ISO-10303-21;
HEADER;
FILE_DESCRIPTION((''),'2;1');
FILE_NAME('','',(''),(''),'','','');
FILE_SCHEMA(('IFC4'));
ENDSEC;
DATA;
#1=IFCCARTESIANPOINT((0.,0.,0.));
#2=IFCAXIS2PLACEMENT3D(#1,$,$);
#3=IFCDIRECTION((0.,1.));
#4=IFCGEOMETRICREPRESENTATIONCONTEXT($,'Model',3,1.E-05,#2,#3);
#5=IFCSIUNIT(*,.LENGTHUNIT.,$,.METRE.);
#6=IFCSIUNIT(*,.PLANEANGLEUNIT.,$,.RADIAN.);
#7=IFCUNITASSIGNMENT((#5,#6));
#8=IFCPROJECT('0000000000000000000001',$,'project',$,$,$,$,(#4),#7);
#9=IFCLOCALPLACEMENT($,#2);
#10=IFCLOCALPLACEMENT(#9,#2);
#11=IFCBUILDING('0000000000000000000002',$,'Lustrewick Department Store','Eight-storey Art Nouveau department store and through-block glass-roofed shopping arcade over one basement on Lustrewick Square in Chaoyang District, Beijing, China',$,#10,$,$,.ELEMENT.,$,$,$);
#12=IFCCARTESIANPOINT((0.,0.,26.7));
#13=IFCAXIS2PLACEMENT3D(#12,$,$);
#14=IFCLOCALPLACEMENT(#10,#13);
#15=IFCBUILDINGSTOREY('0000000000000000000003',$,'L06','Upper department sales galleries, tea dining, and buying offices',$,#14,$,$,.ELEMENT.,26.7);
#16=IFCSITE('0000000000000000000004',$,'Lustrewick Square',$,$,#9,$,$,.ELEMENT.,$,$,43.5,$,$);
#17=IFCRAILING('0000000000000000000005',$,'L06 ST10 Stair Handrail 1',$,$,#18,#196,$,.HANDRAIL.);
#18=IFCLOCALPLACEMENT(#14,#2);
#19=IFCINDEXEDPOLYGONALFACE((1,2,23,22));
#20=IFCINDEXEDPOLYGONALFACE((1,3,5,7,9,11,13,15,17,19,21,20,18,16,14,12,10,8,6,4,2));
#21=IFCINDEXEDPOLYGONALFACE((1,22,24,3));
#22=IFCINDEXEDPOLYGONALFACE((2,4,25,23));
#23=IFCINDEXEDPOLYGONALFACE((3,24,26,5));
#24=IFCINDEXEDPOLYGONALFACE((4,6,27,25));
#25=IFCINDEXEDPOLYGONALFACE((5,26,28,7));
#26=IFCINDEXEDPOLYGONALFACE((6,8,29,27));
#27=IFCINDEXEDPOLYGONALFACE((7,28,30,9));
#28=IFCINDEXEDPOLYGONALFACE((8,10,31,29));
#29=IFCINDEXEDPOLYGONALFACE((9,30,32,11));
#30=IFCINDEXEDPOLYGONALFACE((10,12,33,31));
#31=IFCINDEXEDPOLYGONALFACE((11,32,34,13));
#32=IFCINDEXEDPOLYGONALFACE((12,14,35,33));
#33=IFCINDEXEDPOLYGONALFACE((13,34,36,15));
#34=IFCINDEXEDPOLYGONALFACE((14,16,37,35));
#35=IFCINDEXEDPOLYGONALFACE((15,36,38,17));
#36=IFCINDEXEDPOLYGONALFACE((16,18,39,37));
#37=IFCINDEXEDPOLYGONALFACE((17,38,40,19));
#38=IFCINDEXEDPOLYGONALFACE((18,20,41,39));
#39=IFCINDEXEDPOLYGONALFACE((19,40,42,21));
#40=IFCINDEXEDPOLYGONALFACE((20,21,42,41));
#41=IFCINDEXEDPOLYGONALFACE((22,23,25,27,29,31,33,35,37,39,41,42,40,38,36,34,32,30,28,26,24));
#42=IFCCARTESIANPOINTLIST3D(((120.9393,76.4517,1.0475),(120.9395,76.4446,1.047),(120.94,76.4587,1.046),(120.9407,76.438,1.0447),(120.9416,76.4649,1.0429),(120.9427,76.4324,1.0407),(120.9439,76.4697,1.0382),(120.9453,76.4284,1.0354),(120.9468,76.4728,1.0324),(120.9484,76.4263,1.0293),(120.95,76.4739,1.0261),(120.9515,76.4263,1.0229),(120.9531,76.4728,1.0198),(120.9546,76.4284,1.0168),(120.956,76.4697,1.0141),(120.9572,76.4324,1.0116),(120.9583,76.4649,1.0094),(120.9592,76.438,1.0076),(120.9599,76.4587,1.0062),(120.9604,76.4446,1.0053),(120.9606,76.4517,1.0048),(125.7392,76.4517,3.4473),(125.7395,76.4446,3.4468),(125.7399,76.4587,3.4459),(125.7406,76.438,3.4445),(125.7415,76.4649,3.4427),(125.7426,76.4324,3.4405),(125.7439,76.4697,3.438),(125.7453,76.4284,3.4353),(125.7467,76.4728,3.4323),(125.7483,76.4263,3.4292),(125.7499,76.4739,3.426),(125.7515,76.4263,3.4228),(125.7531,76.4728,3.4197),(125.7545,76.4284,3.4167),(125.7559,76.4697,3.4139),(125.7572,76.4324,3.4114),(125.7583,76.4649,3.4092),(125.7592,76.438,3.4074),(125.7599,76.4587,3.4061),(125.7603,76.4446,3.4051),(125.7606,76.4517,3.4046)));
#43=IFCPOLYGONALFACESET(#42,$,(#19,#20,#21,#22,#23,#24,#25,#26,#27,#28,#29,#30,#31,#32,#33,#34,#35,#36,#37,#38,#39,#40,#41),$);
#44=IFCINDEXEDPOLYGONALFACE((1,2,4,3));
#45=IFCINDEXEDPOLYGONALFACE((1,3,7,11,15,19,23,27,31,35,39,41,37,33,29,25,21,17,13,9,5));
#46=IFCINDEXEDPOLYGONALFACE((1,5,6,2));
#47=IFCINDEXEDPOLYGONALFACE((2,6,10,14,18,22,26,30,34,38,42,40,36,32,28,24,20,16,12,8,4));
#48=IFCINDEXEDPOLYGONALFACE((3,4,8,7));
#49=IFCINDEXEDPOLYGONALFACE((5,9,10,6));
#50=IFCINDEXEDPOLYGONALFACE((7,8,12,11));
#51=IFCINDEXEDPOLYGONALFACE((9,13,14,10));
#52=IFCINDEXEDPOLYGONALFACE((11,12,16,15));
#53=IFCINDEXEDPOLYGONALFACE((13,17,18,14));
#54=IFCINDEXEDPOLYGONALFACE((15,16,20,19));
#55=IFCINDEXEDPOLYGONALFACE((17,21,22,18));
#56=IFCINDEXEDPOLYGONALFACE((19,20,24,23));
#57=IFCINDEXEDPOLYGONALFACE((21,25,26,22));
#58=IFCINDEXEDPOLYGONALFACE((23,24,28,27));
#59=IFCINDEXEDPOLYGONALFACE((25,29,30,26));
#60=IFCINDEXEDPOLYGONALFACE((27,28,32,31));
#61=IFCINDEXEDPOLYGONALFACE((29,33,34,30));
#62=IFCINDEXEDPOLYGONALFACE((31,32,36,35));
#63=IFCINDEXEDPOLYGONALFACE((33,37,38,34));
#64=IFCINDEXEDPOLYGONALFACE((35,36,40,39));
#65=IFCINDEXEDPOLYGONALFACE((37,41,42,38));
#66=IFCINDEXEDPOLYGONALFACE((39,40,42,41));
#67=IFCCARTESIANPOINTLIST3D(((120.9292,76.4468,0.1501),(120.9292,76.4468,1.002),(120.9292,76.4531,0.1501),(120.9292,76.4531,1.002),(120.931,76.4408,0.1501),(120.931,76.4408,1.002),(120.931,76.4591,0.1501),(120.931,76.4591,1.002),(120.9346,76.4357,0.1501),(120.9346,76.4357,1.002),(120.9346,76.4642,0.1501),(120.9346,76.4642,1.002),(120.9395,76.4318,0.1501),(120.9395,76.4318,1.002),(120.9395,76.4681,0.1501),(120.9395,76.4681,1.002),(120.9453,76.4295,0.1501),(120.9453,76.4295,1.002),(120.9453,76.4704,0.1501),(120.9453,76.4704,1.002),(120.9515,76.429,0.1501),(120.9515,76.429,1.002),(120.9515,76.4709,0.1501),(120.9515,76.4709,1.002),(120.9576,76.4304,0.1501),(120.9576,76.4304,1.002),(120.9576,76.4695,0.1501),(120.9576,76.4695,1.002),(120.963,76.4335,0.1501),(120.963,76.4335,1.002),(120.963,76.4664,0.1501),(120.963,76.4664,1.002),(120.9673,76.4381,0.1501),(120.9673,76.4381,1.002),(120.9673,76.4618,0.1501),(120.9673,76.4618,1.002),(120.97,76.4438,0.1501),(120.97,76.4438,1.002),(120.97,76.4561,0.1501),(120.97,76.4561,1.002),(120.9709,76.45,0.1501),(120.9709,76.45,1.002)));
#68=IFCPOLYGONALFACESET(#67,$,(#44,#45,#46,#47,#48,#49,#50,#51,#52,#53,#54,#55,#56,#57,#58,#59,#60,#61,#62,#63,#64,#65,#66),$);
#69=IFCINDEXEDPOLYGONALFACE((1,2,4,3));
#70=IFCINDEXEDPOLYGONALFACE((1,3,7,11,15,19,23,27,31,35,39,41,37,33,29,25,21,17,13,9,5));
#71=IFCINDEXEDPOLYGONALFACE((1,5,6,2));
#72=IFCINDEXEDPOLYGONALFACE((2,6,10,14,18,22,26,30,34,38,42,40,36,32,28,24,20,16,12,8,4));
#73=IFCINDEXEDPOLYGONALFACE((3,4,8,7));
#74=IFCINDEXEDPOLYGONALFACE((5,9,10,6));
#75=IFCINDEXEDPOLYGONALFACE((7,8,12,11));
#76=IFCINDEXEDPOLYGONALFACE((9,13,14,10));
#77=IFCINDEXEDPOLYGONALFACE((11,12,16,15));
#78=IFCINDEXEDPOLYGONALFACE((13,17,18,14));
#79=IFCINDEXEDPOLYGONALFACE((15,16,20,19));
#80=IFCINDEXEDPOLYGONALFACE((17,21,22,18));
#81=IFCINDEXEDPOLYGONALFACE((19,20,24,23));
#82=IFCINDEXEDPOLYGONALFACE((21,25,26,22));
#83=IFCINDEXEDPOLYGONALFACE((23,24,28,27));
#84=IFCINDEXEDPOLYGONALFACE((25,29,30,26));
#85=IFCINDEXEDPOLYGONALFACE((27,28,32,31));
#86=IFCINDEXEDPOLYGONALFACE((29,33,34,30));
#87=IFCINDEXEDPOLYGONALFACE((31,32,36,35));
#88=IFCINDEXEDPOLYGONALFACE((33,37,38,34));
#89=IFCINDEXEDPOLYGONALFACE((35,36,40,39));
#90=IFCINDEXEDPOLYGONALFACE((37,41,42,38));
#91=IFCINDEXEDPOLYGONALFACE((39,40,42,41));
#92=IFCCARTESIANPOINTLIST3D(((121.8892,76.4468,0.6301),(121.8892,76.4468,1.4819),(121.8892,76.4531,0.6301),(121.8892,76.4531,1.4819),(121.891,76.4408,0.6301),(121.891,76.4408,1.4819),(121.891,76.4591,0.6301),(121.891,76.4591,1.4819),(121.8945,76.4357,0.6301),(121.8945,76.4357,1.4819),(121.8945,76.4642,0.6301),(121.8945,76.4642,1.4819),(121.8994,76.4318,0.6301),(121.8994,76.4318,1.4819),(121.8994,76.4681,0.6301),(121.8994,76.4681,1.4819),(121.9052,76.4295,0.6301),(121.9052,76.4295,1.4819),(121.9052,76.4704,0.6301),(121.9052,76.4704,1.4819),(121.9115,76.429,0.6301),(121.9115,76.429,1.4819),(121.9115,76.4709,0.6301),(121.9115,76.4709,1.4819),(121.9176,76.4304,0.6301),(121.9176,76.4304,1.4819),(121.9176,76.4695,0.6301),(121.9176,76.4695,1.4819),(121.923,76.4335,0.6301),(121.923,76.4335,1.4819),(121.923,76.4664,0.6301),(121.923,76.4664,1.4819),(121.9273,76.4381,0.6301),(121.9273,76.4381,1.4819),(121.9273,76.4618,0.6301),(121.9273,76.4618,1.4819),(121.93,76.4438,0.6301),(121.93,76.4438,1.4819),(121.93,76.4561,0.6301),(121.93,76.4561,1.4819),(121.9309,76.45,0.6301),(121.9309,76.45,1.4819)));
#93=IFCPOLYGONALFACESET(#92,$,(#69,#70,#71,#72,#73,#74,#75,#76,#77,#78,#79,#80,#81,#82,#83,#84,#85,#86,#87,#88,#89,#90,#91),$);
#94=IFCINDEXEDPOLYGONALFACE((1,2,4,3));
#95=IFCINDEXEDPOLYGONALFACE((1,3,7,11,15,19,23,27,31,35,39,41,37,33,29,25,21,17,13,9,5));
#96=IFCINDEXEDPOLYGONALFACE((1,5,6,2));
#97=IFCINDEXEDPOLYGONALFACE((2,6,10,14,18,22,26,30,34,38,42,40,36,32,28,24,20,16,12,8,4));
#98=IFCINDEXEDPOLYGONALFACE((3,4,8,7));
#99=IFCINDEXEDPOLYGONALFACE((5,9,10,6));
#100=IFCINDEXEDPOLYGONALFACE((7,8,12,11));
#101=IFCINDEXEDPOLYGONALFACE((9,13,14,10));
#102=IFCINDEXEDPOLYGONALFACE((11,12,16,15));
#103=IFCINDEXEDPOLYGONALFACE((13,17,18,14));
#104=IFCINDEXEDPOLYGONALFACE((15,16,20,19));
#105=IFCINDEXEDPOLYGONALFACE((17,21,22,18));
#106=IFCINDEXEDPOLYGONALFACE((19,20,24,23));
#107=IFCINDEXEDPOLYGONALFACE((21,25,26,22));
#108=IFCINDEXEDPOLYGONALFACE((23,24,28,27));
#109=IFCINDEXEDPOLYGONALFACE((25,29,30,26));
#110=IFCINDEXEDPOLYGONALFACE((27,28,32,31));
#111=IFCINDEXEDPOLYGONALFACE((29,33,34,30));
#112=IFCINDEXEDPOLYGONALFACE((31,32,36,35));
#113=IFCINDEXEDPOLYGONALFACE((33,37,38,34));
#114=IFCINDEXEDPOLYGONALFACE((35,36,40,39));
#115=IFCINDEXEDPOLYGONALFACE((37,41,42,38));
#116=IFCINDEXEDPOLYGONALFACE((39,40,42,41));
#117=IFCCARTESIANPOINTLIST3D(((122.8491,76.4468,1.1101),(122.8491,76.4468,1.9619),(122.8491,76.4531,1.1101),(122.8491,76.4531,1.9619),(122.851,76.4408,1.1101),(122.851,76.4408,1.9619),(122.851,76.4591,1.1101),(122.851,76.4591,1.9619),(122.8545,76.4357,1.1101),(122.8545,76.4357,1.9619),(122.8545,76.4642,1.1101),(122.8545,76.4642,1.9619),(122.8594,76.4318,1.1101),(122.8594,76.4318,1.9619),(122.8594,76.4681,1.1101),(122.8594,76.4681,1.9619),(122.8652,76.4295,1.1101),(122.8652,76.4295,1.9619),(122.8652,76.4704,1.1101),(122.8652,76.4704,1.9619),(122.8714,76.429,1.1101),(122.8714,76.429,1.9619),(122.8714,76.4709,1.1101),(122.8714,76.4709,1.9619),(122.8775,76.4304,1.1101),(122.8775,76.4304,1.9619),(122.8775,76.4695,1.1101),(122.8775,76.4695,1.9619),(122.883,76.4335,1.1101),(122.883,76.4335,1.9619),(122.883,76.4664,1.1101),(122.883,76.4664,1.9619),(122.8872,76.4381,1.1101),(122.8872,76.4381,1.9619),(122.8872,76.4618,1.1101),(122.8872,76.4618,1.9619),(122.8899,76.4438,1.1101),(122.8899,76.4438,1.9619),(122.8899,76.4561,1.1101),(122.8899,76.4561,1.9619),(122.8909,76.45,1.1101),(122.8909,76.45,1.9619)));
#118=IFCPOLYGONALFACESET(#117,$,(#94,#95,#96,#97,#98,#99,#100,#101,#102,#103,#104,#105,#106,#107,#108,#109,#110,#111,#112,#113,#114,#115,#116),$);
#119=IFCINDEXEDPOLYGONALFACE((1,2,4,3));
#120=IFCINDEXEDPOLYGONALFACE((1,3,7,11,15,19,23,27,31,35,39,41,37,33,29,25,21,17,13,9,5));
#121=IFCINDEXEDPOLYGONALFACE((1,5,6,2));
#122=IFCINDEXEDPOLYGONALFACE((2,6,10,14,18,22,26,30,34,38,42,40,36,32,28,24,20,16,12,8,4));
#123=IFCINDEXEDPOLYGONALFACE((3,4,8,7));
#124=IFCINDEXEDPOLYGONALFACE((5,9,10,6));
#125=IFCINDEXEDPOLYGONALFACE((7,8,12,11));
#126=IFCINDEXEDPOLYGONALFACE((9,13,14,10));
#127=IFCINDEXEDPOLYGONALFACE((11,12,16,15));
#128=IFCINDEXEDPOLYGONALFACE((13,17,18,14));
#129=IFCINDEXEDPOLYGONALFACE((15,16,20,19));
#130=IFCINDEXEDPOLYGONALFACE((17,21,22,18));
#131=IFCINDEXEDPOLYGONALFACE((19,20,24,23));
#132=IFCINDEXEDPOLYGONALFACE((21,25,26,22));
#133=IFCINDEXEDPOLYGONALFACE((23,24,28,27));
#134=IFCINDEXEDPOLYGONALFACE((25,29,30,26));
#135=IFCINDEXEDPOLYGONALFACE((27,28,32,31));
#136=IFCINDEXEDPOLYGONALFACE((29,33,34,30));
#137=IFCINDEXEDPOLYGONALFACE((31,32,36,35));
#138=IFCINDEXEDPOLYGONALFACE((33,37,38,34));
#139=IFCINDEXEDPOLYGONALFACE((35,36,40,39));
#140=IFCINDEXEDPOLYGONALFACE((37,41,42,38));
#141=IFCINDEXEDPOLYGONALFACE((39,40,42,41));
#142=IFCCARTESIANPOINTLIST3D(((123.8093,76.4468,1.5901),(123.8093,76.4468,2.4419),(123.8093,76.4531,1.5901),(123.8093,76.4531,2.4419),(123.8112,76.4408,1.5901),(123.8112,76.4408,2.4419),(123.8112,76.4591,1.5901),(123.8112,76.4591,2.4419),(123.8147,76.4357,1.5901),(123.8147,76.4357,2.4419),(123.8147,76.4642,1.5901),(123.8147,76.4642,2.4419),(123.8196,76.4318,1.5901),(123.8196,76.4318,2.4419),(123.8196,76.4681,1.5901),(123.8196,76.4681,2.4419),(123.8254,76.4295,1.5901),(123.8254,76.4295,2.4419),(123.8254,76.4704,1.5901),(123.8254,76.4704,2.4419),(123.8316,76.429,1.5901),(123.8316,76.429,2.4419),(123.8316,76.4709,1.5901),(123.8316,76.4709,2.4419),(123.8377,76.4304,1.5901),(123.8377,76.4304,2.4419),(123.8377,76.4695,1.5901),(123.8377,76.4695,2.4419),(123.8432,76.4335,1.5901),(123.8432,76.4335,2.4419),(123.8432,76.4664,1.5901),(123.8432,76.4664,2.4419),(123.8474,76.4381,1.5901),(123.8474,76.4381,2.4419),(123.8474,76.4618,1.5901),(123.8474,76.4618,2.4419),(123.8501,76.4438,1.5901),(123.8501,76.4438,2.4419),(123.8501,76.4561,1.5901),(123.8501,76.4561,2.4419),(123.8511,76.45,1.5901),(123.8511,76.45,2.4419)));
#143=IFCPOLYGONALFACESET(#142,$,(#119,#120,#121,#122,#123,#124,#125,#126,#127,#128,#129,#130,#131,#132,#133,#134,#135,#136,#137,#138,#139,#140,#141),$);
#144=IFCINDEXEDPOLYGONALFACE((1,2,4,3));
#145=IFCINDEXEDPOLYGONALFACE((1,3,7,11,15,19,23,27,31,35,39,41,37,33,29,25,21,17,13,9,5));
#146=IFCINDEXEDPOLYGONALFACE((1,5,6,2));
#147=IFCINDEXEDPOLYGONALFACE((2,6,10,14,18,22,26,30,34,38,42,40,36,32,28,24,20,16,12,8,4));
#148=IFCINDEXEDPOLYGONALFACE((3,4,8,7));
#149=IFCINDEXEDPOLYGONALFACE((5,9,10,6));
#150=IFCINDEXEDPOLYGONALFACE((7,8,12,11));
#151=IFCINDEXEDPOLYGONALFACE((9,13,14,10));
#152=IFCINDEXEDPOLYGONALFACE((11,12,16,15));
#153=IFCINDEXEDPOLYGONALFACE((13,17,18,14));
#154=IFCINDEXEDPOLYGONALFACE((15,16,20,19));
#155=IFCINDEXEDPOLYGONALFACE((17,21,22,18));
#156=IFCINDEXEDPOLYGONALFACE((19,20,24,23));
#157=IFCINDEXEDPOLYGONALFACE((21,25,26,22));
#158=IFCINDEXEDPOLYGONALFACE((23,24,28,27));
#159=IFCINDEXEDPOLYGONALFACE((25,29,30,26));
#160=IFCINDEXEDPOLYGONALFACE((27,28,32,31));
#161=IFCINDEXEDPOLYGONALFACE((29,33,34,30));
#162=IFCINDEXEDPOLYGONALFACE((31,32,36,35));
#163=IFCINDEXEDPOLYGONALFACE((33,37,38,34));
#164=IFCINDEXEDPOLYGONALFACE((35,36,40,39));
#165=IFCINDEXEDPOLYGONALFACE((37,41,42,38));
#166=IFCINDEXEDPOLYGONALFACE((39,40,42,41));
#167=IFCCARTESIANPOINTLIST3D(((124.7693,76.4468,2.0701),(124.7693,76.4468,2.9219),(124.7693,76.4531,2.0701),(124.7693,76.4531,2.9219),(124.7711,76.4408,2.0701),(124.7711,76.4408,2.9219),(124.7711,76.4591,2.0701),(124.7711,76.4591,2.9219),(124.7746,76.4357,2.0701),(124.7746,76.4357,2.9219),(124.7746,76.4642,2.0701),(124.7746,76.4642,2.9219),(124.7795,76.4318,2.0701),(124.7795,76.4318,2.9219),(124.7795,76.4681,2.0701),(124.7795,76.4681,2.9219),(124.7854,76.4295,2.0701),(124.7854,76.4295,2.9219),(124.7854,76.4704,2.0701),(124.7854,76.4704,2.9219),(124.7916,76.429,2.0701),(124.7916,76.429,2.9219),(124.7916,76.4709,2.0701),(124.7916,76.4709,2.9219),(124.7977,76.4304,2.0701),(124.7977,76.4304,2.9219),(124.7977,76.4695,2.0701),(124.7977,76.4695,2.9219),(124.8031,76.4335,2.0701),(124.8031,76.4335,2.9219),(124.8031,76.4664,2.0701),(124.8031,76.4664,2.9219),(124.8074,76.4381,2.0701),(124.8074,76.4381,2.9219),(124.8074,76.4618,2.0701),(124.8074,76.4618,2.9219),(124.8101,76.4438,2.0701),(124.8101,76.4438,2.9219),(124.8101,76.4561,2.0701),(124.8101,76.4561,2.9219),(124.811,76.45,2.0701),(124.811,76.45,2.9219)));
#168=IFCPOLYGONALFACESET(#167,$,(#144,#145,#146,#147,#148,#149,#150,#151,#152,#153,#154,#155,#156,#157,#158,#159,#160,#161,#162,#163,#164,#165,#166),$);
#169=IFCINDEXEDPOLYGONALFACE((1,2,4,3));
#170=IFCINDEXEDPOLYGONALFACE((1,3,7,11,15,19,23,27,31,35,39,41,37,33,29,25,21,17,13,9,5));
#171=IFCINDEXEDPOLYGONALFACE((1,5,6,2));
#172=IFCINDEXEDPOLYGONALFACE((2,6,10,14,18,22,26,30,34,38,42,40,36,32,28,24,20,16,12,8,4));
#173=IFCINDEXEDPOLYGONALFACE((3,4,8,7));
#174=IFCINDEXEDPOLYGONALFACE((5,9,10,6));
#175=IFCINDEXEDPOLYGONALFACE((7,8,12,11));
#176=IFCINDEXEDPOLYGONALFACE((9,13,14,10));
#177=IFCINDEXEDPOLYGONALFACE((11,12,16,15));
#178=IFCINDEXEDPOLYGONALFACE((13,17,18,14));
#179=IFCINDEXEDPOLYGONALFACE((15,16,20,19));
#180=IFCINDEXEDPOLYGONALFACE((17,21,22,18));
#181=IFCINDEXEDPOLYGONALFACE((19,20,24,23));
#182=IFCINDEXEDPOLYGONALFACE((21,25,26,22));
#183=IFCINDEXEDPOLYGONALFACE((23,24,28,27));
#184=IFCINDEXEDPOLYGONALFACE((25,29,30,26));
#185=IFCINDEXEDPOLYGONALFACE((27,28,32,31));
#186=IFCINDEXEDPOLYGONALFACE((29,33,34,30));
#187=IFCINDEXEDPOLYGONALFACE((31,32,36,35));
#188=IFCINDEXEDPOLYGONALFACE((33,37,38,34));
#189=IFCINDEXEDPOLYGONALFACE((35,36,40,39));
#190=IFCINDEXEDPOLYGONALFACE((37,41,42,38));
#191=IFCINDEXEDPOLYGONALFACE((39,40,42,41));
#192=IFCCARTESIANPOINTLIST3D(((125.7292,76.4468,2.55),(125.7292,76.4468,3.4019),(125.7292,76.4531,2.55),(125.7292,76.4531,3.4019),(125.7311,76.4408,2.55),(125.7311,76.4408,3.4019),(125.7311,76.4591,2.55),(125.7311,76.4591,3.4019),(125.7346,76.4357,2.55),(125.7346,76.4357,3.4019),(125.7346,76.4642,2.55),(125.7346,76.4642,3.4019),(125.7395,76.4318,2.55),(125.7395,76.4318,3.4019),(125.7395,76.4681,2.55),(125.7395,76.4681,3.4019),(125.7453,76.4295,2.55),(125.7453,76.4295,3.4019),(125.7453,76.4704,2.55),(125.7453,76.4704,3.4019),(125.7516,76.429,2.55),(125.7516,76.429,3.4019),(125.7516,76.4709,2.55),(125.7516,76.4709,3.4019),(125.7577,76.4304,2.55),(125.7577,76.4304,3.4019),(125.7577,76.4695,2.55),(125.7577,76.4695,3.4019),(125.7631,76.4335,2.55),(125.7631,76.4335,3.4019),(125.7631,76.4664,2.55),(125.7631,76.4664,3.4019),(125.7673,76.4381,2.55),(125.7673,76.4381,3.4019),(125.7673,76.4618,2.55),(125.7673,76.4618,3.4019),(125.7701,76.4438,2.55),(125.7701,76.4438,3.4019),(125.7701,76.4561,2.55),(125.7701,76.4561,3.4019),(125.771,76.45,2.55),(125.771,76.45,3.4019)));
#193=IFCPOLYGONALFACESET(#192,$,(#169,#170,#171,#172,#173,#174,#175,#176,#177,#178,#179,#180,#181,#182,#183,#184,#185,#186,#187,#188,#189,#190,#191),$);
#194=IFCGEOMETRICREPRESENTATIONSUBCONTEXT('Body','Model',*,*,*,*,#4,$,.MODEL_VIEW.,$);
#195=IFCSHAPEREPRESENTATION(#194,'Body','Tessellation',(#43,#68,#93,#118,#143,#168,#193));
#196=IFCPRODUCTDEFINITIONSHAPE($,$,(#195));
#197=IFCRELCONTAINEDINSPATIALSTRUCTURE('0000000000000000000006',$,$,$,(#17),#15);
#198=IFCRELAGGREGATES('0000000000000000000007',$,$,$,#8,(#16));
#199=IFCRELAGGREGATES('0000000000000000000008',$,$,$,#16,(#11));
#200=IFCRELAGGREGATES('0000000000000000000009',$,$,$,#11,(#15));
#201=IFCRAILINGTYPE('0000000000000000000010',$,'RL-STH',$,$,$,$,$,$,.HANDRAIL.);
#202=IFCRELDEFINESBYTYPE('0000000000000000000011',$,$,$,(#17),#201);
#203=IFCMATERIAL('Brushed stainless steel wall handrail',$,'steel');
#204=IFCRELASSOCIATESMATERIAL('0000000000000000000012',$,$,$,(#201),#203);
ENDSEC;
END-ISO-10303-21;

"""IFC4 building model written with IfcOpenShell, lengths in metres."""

from ifc_helpers import new_model, si_unit, direction, frame, origin, origin_2d, place, context, subcontext, project, spatial, circle, extrude, material, type_object, element, save


model = new_model("IFC4")

# Units and contexts
model_context = context("Model", 3, precision=1e-05, world=origin(), true_north=direction((0.0, 1.0)))
body_context = subcontext(model_context, "Body", "Model", "MODEL_VIEW")
ifc_project = project(units=[si_unit("LENGTHUNIT", "METRE"), si_unit("PLANEANGLEUNIT", "RADIAN")], contexts=[model_context])

# Site, building, storey
site_placement = place(None, origin())
site = spatial("IfcSite", under=ifc_project, at=site_placement, Name="Lustrewick Square", CompositionType="ELEMENT", RefElevation=43.5)
building_placement = place(site_placement, origin())
building = spatial("IfcBuilding", under=site, at=building_placement, Name="Lustrewick Department Store", Description="Eight-storey Art Nouveau department store and through-block glass-roofed shopping arcade over one basement on Lustrewick Square in Chaoyang District, Beijing, China", CompositionType="ELEMENT")
storey_placement = place(building_placement, frame((0.0, 0.0, 26.7)))
storey = spatial("IfcBuildingStorey", under=building, at=storey_placement, Name="L06", Description="Upper department sales galleries, tea dining, and buying offices", CompositionType="ELEMENT", Elevation=26.7)

# Railing
ifc_material_1 = material(Name="Brushed stainless steel wall handrail", Category="steel")
railing_type_1 = type_object("IfcRailingType", Name="RL-STH", PredefinedType="HANDRAIL", material=ifc_material_1)
railing_1_placement = place(storey_placement, frame((120.95, 76.45, 0.1501)))
element("IfcRailing", 1, at=railing_1_placement, inside=storey, type_object=railing_type_1, Name="L06 ST10 Stair Handrail 1", PredefinedType="HANDRAIL", context=body_context, shape_type="SweptSolid", body=[
    extrude(circle(Radius=0.0239, at=origin_2d()), frame((0.0, 0.0, 0.876), z_axis=(0.894436, 0.0, 0.447195), x_axis=(0.0, 1.0, 0.0)), (0.0, 0.0, 1.0), 5.3665),
    extrude(circle(Radius=0.021, at=origin_2d()), origin(), (0.0, 0.0, 1.0), 0.8518),
    extrude(circle(Radius=0.021, at=origin_2d()), frame((0.96, 0.0, 0.48)), (0.0, 0.0, 1.0), 0.8518),
    extrude(circle(Radius=0.021, at=origin_2d()), frame((1.9199, 0.0, 0.96)), (0.0, 0.0, 1.0), 0.8518),
    extrude(circle(Radius=0.021, at=origin_2d()), frame((2.8801, 0.0, 1.4399)), (0.0, 0.0, 1.0), 0.8518),
    extrude(circle(Radius=0.021, at=origin_2d()), frame((3.8401, 0.0, 1.9199)), (0.0, 0.0, 1.0), 0.8518),
    extrude(circle(Radius=0.021, at=origin_2d()), frame((4.8, 0.0, 2.3999)), (0.0, 0.0, 1.0), 0.8518),
])

save(model, "model.ifc")
